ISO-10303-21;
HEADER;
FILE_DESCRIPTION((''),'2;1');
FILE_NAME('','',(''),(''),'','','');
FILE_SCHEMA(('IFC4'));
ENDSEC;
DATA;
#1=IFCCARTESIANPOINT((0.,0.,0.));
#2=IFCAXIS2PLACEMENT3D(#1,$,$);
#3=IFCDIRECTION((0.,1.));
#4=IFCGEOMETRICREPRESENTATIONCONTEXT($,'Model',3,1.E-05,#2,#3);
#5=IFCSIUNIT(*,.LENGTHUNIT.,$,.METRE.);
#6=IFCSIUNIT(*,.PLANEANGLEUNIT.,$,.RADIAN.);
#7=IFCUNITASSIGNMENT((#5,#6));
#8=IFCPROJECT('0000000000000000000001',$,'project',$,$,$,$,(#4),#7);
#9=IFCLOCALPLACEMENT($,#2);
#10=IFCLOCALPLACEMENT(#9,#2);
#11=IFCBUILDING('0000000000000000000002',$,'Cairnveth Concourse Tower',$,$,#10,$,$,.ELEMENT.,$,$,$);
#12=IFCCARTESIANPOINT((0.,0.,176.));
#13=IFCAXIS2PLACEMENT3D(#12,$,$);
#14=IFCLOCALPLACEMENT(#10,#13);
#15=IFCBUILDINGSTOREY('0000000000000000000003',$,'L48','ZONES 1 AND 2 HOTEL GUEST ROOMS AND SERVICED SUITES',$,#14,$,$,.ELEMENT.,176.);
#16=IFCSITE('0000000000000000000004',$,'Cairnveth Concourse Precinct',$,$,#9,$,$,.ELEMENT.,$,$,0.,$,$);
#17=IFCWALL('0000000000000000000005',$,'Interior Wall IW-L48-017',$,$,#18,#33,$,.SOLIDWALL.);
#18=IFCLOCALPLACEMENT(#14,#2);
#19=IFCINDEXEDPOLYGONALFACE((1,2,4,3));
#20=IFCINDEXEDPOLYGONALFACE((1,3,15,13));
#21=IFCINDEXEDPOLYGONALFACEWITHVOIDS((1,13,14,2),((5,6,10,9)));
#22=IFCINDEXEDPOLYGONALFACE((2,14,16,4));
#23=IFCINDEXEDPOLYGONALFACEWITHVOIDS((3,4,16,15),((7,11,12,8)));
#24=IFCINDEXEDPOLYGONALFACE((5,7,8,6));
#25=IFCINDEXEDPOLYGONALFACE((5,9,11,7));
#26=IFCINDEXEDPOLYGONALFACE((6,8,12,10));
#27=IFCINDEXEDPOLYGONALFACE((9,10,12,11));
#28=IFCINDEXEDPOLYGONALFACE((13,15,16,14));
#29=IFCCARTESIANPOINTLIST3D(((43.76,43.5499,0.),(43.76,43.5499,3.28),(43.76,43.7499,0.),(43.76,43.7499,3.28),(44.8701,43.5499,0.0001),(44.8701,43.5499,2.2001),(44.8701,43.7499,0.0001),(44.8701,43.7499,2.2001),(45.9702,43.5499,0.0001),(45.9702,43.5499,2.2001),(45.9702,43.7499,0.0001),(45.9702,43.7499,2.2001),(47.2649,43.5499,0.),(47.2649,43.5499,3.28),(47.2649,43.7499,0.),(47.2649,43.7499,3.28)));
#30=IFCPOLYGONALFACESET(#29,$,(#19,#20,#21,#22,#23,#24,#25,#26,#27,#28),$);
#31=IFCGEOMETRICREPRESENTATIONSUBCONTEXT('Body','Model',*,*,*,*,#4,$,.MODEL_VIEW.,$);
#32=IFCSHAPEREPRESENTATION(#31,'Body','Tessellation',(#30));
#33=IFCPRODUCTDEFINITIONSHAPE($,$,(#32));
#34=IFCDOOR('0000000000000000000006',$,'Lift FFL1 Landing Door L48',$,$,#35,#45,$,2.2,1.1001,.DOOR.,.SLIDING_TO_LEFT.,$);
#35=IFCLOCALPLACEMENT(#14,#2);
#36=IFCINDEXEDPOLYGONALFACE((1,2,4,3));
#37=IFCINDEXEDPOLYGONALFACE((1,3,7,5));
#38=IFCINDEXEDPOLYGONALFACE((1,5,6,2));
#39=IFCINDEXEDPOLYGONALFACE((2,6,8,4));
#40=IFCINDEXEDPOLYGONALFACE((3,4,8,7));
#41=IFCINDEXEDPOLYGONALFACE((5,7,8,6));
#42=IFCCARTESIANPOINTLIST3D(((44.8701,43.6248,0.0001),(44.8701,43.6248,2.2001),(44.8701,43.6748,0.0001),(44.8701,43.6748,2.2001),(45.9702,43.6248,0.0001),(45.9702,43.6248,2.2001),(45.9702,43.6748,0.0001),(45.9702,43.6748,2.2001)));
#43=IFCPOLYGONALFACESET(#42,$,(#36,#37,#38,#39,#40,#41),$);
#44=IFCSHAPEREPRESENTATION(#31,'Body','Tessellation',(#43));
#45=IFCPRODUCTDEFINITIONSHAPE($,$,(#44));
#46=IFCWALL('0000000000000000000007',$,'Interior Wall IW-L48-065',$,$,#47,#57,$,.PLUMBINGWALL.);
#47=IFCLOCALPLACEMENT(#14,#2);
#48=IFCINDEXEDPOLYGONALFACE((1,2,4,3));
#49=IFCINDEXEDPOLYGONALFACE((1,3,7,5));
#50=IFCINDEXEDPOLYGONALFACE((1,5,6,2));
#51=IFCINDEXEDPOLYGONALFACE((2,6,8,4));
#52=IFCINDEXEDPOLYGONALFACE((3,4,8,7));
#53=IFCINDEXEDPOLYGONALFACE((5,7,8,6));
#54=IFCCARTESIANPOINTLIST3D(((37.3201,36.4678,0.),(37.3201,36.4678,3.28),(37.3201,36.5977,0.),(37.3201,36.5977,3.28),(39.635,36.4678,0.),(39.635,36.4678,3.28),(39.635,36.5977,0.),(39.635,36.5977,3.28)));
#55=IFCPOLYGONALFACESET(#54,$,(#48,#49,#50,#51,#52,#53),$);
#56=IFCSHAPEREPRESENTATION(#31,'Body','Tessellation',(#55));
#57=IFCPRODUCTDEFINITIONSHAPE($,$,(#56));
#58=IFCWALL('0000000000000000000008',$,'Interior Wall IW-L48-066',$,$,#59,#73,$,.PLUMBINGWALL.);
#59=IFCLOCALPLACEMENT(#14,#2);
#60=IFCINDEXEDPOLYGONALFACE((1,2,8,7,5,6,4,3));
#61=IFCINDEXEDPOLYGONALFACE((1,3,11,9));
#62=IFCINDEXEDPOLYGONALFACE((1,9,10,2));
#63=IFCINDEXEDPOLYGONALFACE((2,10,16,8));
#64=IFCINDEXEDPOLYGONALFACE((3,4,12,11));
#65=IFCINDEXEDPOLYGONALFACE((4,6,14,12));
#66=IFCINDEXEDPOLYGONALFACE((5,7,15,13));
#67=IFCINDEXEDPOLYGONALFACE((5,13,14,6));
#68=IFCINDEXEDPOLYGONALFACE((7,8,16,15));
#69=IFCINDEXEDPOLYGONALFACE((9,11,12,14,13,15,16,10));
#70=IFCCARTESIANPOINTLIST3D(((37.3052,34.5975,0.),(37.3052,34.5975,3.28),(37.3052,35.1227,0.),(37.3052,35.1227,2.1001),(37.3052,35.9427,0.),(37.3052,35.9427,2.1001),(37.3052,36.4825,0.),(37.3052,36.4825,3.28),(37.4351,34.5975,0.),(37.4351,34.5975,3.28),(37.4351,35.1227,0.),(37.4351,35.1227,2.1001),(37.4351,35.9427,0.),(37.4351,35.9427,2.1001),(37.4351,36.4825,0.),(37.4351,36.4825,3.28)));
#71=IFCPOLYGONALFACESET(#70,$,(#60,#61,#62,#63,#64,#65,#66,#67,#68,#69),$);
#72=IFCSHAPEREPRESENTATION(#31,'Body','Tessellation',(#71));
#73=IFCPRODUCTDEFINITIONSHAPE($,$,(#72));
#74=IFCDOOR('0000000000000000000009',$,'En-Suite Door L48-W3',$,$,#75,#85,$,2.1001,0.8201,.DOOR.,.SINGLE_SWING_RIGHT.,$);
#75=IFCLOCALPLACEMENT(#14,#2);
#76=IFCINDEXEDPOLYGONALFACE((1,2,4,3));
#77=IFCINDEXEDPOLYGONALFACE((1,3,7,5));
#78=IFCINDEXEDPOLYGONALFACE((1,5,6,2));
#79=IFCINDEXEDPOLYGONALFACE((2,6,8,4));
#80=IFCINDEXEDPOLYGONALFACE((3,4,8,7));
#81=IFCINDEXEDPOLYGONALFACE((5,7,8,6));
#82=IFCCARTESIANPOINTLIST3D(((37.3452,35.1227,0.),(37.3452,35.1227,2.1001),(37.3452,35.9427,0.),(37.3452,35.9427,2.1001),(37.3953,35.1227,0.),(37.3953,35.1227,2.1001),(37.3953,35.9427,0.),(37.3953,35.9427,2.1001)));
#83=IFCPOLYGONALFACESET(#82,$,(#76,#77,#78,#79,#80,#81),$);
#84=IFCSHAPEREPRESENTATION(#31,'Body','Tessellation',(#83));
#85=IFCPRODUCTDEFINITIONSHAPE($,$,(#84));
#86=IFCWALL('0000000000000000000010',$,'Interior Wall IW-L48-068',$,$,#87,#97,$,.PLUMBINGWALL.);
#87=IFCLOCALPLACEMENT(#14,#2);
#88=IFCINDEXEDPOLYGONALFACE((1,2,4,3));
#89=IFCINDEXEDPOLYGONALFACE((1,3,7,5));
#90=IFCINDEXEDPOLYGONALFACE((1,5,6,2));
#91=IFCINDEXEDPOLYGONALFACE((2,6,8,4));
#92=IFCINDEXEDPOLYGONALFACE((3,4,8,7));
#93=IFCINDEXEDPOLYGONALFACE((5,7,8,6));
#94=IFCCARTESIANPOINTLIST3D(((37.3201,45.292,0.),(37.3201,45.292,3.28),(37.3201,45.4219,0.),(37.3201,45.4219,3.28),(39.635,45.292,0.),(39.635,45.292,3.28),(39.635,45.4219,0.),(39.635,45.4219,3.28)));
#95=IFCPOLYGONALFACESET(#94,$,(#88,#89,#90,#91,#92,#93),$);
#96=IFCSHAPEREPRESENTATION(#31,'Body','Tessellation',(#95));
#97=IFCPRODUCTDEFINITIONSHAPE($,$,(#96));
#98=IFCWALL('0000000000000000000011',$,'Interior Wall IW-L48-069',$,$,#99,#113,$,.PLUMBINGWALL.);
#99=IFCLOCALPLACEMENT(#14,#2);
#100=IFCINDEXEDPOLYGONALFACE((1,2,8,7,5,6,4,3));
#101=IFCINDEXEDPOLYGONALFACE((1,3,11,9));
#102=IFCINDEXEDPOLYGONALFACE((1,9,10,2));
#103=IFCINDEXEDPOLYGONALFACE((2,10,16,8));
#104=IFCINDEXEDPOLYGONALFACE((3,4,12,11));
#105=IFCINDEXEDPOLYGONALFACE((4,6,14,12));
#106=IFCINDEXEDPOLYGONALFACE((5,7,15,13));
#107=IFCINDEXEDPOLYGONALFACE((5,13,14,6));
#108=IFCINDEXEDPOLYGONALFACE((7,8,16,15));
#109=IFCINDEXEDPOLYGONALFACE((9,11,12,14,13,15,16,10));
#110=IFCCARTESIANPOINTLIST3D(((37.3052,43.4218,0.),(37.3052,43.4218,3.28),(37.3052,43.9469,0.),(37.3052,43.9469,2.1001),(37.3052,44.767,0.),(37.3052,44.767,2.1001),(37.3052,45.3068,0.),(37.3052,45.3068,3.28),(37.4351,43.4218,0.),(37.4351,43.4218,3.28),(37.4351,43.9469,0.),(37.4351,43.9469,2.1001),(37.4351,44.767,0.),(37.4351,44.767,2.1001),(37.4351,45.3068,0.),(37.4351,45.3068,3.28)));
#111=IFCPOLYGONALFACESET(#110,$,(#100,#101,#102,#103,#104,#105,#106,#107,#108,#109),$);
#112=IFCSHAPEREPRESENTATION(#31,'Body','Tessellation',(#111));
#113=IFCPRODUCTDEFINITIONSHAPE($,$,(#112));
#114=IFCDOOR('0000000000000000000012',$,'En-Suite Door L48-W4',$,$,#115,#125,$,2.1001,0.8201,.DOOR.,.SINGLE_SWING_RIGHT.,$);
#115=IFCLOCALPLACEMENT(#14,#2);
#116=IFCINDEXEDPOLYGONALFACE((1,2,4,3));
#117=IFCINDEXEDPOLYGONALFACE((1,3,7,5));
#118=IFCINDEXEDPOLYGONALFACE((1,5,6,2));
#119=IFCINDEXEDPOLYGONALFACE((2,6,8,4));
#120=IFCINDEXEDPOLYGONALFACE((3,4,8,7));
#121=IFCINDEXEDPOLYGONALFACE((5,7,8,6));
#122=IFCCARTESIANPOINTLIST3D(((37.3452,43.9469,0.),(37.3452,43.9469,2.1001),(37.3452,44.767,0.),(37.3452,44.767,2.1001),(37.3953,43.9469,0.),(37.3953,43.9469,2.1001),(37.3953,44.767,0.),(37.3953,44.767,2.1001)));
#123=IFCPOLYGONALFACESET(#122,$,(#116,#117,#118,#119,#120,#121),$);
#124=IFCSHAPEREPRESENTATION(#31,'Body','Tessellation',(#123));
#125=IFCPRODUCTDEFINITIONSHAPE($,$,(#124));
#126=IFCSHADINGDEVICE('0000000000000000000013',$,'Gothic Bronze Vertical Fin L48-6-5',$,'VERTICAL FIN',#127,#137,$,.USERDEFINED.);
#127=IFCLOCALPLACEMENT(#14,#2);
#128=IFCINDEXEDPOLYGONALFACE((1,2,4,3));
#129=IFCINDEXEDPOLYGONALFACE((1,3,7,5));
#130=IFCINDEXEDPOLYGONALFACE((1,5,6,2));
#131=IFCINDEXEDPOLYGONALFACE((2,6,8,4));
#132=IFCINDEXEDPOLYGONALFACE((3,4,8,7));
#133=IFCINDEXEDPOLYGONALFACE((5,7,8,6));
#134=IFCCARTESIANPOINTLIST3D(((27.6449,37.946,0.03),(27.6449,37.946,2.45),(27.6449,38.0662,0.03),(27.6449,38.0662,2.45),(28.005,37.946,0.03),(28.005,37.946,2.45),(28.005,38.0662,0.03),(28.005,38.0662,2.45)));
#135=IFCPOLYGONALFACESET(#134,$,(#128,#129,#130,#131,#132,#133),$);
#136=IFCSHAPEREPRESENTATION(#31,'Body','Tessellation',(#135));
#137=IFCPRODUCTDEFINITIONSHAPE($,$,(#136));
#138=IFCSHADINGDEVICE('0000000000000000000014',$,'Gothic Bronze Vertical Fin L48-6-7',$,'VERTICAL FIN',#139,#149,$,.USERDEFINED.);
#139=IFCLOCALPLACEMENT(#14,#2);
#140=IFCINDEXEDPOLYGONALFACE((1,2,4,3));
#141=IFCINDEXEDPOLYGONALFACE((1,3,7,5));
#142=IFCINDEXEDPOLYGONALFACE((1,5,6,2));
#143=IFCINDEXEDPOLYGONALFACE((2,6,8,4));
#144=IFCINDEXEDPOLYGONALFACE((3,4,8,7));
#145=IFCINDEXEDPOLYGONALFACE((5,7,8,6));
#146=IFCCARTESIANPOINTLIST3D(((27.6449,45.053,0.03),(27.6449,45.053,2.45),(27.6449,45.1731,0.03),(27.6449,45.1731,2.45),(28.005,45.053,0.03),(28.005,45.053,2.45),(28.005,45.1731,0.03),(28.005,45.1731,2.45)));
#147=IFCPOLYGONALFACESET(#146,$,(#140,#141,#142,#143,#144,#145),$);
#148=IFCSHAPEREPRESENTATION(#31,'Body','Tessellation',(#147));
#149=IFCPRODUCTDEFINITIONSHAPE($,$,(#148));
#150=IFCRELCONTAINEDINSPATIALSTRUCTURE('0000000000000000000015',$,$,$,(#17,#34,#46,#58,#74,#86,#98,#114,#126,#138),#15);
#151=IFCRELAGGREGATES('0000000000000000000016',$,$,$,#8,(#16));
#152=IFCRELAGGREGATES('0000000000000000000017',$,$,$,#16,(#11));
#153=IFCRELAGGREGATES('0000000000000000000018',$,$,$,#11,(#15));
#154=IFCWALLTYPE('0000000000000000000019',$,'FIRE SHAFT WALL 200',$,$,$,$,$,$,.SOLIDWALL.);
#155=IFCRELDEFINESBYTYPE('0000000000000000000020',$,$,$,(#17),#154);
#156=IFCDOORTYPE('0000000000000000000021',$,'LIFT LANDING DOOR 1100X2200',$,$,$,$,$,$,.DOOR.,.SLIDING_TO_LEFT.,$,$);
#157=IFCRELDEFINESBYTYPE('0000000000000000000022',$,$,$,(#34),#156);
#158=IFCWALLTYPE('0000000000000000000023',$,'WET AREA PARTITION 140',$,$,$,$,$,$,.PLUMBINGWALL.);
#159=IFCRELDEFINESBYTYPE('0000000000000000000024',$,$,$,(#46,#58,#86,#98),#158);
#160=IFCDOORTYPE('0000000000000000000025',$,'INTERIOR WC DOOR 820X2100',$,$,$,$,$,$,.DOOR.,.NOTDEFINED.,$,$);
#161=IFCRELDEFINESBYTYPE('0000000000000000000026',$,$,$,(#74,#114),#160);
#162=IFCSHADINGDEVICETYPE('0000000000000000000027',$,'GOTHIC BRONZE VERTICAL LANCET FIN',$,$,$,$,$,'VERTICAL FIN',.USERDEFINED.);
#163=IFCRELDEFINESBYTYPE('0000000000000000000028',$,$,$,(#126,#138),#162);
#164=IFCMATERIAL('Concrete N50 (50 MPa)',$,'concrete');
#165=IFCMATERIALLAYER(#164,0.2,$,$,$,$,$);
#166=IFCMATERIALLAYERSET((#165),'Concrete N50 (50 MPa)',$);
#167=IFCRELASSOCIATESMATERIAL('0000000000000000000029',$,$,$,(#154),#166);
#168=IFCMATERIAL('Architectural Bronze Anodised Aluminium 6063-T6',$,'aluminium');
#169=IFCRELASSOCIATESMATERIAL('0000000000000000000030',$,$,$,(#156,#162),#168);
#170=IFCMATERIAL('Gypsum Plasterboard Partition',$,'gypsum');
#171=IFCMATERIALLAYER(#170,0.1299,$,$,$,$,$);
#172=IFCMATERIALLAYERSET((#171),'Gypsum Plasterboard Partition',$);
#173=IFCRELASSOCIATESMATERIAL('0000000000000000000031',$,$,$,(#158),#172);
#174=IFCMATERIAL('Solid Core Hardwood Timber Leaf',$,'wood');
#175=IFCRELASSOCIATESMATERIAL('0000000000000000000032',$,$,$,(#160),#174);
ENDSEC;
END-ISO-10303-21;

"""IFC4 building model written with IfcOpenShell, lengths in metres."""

from ifc_helpers import new_model, si_unit, direction, frame, frame_2d, origin, origin_2d, place, context, subcontext, project, spatial, rectangle, extrude, material, layer, layer_set, type_object, element, fill, save


model = new_model("IFC4")

# Units and contexts
model_context = context("Model", 3, precision=1e-05, world=origin(), true_north=direction((0.0, 1.0)))
body_context = subcontext(model_context, "Body", "Model", "MODEL_VIEW")
ifc_project = project(units=[si_unit("LENGTHUNIT", "METRE"), si_unit("PLANEANGLEUNIT", "RADIAN")], contexts=[model_context])

# Site, building, storey
site_placement = place(None, origin())
site = spatial("IfcSite", under=ifc_project, at=site_placement, Name="Cairnveth Concourse Precinct", CompositionType="ELEMENT", RefElevation=0.0)
building_placement = place(site_placement, origin())
building = spatial("IfcBuilding", under=site, at=building_placement, Name="Cairnveth Concourse Tower", CompositionType="ELEMENT")
storey_placement = place(building_placement, frame((0.0, 0.0, 176.0)))
storey = spatial("IfcBuildingStorey", under=building, at=storey_placement, Name="L48", Description="ZONES 1 AND 2 HOTEL GUEST ROOMS AND SERVICED SUITES", CompositionType="ELEMENT", Elevation=176.0)

# Shared definitions
ifc_material_1 = material(Name="Gypsum Plasterboard Partition", Category="gypsum")

# Wall, opening, door
ifc_material_2 = material(Name="Concrete N50 (50 MPa)", Category="concrete")
ifc_layer_1 = layer(ifc_material_2, 0.2)
ifc_layer_set_1 = layer_set([ifc_layer_1], Name="Concrete N50 (50 MPa)")
wall_type_1 = type_object("IfcWallType", Name="FIRE SHAFT WALL 200", PredefinedType="SOLIDWALL", material=ifc_layer_set_1)
wall_1_placement = place(storey_placement, frame((43.76, 43.6499, 0.0), z_axis=(0.0, 0.0, 1.0), x_axis=(1.0, 0.0, 0.0)))
wall_1 = element("IfcWall", 1, at=wall_1_placement, inside=storey, type_object=wall_type_1, Name="Interior Wall IW-L48-017", PredefinedType="SOLIDWALL", context=body_context, shape_type="SweptSolid", body=[
    extrude(rectangle(XDim=3.5049, YDim=0.2, at=frame_2d((1.7524, 0.0))), origin(), (0.0, 0.0, 1.0), 3.28),
])
opening_1_placement = place(wall_1_placement, frame((1.1101, 0.0, 0.0)))
opening_1 = element("IfcOpeningElement", 2, at=opening_1_placement, cuts=wall_1, PredefinedType="OPENING", context=body_context, shape_type="SweptSolid", body=[
    extrude(rectangle(XDim=1.1001, YDim=2.2, at=frame_2d((0.55, 1.1001))), frame((0.0, 0.1099, 0.0), z_axis=(0.0, -1.0, 0.0), x_axis=(1.0, 0.0, 0.0)), (0.0, 0.0, 1.0), 0.22),
])
ifc_material_3 = material(Name="Architectural Bronze Anodised Aluminium 6063-T6", Category="aluminium")
door_type_1 = type_object("IfcDoorType", Name="LIFT LANDING DOOR 1100X2200", OperationType="SLIDING_TO_LEFT", PredefinedType="DOOR", material=ifc_material_3)
door_1_placement = place(opening_1_placement, origin())
door_1 = element("IfcDoor", 3, at=door_1_placement, inside=storey, type_object=door_type_1, Name="Lift FFL1 Landing Door L48", OperationType="SLIDING_TO_LEFT", OverallHeight=2.2, OverallWidth=1.1001, PredefinedType="DOOR", context=body_context, shape_type="SweptSolid", body=[
    extrude(rectangle(XDim=1.1001, YDim=2.2, at=frame_2d((0.55, 1.1001))), frame((0.0, 0.0249, 0.0), z_axis=(0.0, -1.0, 0.0), x_axis=(1.0, 0.0, 0.0)), (0.0, 0.0, 1.0), 0.05),
])
fill(opening_1, door_1)

# Wall
ifc_layer_2 = layer(ifc_material_1, 0.1299)
ifc_layer_set_2 = layer_set([ifc_layer_2], Name="Gypsum Plasterboard Partition")
wall_type_2 = type_object("IfcWallType", Name="WET AREA PARTITION 140", PredefinedType="PLUMBINGWALL", material=ifc_layer_set_2)
wall_2_placement = place(storey_placement, frame((37.3201, 36.5327, 0.0), z_axis=(0.0, 0.0, 1.0), x_axis=(1.0, 0.0, 0.0)))
element("IfcWall", 4, at=wall_2_placement, inside=storey, type_object=wall_type_2, Name="Interior Wall IW-L48-065", PredefinedType="PLUMBINGWALL", context=body_context, shape_type="SweptSolid", body=[
    extrude(rectangle(XDim=2.3149, YDim=0.1299, at=frame_2d((1.1575, 0.0))), origin(), (0.0, 0.0, 1.0), 3.28),
])

# Wall, opening, door
wall_3_placement = place(storey_placement, frame((37.3701, 34.5977, 0.0), z_axis=(0.0, 0.0, 1.0), x_axis=(0.0, 1.0, 0.0)))
wall_3 = element("IfcWall", 5, at=wall_3_placement, inside=storey, type_object=wall_type_2, Name="Interior Wall IW-L48-066", PredefinedType="PLUMBINGWALL", context=body_context, shape_type="SweptSolid", body=[
    extrude(rectangle(XDim=1.885, YDim=0.1299, at=frame_2d((0.9424, 0.0))), origin(), (0.0, 0.0, 1.0), 3.28),
])
opening_2_placement = place(wall_3_placement, frame((0.5249, 0.0, 0.0)))
opening_2 = element("IfcOpeningElement", 6, at=opening_2_placement, cuts=wall_3, PredefinedType="OPENING", context=body_context, shape_type="SweptSolid", body=[
    extrude(rectangle(XDim=0.8201, YDim=2.1001, at=frame_2d((0.4102, 1.05))), frame((0.0, 0.075, 0.0), z_axis=(0.0, -1.0, 0.0), x_axis=(1.0, 0.0, 0.0)), (0.0, 0.0, 1.0), 0.1499),
])
ifc_material_4 = material(Name="Solid Core Hardwood Timber Leaf", Category="wood")
door_type_2 = type_object("IfcDoorType", Name="INTERIOR WC DOOR 820X2100", OperationType="NOTDEFINED", PredefinedType="DOOR", material=ifc_material_4)
door_2_placement = place(opening_2_placement, origin())
door_2 = element("IfcDoor", 7, at=door_2_placement, inside=storey, type_object=door_type_2, Name="En-Suite Door L48-W3", OperationType="SINGLE_SWING_RIGHT", OverallHeight=2.1001, OverallWidth=0.8201, PredefinedType="DOOR", context=body_context, shape_type="SweptSolid", body=[
    extrude(rectangle(XDim=0.8201, YDim=2.1001, at=frame_2d((0.4102, 1.05))), frame((0.0, 0.0249, 0.0), z_axis=(0.0, -1.0, 0.0), x_axis=(1.0, 0.0, 0.0)), (0.0, 0.0, 1.0), 0.05),
])
fill(opening_2, door_2)

# Wall
wall_4_placement = place(storey_placement, frame((37.3201, 45.3569, 0.0), z_axis=(0.0, 0.0, 1.0), x_axis=(1.0, 0.0, 0.0)))
element("IfcWall", 8, at=wall_4_placement, inside=storey, type_object=wall_type_2, Name="Interior Wall IW-L48-068", PredefinedType="PLUMBINGWALL", context=body_context, shape_type="SweptSolid", body=[
    extrude(rectangle(XDim=2.3149, YDim=0.1299, at=frame_2d((1.1575, 0.0))), origin(), (0.0, 0.0, 1.0), 3.28),
])

# Wall, opening, door
wall_5_placement = place(storey_placement, frame((37.3701, 43.4219, 0.0), z_axis=(0.0, 0.0, 1.0), x_axis=(0.0, 1.0, 0.0)))
wall_5 = element("IfcWall", 9, at=wall_5_placement, inside=storey, type_object=wall_type_2, Name="Interior Wall IW-L48-069", PredefinedType="PLUMBINGWALL", context=body_context, shape_type="SweptSolid", body=[
    extrude(rectangle(XDim=1.885, YDim=0.1299, at=frame_2d((0.9424, 0.0))), origin(), (0.0, 0.0, 1.0), 3.28),
])
opening_3_placement = place(wall_5_placement, frame((0.5249, 0.0, 0.0)))
opening_3 = element("IfcOpeningElement", 10, at=opening_3_placement, cuts=wall_5, PredefinedType="OPENING", context=body_context, shape_type="SweptSolid", body=[
    extrude(rectangle(XDim=0.8201, YDim=2.1001, at=frame_2d((0.4102, 1.05))), frame((0.0, 0.075, 0.0), z_axis=(0.0, -1.0, 0.0), x_axis=(1.0, 0.0, 0.0)), (0.0, 0.0, 1.0), 0.1499),
])
door_3_placement = place(opening_3_placement, origin())
door_3 = element("IfcDoor", 11, at=door_3_placement, inside=storey, type_object=door_type_2, Name="En-Suite Door L48-W4", OperationType="SINGLE_SWING_RIGHT", OverallHeight=2.1001, OverallWidth=0.8201, PredefinedType="DOOR", context=body_context, shape_type="SweptSolid", body=[
    extrude(rectangle(XDim=0.8201, YDim=2.1001, at=frame_2d((0.4102, 1.05))), frame((0.0, 0.0249, 0.0), z_axis=(0.0, -1.0, 0.0), x_axis=(1.0, 0.0, 0.0)), (0.0, 0.0, 1.0), 0.05),
])
fill(opening_3, door_3)

# Shading devices
shading_device_type = type_object("IfcShadingDeviceType", Name="GOTHIC BRONZE VERTICAL LANCET FIN", ElementType="VERTICAL FIN", PredefinedType="USERDEFINED", material=ifc_material_3)
for number, where, z_axis, x_axis, name in (
    (12, (27.825, 38.0061, 0.03), (0.0, 0.0, 1.0), (0.0, 1.0, 0.0), "Gothic Bronze Vertical Fin L48-6-5"),
    (13, (27.825, 45.113, 0.03), (0.0, 0.0, 1.0), (0.0, 1.0, 0.0), "Gothic Bronze Vertical Fin L48-6-7"),
):
    element("IfcShadingDevice", number, at=place(storey_placement, frame(where, z_axis=z_axis, x_axis=x_axis)), inside=storey, type_object=shading_device_type, Name=name, ObjectType="VERTICAL FIN", PredefinedType="USERDEFINED", context=body_context, shape_type="SweptSolid", body=[
        extrude(rectangle(XDim=0.1201, YDim=0.3601, at=origin_2d()), origin(), (0.0, 0.0, 1.0), 2.4199),
    ])

save(model, "model.ifc")
